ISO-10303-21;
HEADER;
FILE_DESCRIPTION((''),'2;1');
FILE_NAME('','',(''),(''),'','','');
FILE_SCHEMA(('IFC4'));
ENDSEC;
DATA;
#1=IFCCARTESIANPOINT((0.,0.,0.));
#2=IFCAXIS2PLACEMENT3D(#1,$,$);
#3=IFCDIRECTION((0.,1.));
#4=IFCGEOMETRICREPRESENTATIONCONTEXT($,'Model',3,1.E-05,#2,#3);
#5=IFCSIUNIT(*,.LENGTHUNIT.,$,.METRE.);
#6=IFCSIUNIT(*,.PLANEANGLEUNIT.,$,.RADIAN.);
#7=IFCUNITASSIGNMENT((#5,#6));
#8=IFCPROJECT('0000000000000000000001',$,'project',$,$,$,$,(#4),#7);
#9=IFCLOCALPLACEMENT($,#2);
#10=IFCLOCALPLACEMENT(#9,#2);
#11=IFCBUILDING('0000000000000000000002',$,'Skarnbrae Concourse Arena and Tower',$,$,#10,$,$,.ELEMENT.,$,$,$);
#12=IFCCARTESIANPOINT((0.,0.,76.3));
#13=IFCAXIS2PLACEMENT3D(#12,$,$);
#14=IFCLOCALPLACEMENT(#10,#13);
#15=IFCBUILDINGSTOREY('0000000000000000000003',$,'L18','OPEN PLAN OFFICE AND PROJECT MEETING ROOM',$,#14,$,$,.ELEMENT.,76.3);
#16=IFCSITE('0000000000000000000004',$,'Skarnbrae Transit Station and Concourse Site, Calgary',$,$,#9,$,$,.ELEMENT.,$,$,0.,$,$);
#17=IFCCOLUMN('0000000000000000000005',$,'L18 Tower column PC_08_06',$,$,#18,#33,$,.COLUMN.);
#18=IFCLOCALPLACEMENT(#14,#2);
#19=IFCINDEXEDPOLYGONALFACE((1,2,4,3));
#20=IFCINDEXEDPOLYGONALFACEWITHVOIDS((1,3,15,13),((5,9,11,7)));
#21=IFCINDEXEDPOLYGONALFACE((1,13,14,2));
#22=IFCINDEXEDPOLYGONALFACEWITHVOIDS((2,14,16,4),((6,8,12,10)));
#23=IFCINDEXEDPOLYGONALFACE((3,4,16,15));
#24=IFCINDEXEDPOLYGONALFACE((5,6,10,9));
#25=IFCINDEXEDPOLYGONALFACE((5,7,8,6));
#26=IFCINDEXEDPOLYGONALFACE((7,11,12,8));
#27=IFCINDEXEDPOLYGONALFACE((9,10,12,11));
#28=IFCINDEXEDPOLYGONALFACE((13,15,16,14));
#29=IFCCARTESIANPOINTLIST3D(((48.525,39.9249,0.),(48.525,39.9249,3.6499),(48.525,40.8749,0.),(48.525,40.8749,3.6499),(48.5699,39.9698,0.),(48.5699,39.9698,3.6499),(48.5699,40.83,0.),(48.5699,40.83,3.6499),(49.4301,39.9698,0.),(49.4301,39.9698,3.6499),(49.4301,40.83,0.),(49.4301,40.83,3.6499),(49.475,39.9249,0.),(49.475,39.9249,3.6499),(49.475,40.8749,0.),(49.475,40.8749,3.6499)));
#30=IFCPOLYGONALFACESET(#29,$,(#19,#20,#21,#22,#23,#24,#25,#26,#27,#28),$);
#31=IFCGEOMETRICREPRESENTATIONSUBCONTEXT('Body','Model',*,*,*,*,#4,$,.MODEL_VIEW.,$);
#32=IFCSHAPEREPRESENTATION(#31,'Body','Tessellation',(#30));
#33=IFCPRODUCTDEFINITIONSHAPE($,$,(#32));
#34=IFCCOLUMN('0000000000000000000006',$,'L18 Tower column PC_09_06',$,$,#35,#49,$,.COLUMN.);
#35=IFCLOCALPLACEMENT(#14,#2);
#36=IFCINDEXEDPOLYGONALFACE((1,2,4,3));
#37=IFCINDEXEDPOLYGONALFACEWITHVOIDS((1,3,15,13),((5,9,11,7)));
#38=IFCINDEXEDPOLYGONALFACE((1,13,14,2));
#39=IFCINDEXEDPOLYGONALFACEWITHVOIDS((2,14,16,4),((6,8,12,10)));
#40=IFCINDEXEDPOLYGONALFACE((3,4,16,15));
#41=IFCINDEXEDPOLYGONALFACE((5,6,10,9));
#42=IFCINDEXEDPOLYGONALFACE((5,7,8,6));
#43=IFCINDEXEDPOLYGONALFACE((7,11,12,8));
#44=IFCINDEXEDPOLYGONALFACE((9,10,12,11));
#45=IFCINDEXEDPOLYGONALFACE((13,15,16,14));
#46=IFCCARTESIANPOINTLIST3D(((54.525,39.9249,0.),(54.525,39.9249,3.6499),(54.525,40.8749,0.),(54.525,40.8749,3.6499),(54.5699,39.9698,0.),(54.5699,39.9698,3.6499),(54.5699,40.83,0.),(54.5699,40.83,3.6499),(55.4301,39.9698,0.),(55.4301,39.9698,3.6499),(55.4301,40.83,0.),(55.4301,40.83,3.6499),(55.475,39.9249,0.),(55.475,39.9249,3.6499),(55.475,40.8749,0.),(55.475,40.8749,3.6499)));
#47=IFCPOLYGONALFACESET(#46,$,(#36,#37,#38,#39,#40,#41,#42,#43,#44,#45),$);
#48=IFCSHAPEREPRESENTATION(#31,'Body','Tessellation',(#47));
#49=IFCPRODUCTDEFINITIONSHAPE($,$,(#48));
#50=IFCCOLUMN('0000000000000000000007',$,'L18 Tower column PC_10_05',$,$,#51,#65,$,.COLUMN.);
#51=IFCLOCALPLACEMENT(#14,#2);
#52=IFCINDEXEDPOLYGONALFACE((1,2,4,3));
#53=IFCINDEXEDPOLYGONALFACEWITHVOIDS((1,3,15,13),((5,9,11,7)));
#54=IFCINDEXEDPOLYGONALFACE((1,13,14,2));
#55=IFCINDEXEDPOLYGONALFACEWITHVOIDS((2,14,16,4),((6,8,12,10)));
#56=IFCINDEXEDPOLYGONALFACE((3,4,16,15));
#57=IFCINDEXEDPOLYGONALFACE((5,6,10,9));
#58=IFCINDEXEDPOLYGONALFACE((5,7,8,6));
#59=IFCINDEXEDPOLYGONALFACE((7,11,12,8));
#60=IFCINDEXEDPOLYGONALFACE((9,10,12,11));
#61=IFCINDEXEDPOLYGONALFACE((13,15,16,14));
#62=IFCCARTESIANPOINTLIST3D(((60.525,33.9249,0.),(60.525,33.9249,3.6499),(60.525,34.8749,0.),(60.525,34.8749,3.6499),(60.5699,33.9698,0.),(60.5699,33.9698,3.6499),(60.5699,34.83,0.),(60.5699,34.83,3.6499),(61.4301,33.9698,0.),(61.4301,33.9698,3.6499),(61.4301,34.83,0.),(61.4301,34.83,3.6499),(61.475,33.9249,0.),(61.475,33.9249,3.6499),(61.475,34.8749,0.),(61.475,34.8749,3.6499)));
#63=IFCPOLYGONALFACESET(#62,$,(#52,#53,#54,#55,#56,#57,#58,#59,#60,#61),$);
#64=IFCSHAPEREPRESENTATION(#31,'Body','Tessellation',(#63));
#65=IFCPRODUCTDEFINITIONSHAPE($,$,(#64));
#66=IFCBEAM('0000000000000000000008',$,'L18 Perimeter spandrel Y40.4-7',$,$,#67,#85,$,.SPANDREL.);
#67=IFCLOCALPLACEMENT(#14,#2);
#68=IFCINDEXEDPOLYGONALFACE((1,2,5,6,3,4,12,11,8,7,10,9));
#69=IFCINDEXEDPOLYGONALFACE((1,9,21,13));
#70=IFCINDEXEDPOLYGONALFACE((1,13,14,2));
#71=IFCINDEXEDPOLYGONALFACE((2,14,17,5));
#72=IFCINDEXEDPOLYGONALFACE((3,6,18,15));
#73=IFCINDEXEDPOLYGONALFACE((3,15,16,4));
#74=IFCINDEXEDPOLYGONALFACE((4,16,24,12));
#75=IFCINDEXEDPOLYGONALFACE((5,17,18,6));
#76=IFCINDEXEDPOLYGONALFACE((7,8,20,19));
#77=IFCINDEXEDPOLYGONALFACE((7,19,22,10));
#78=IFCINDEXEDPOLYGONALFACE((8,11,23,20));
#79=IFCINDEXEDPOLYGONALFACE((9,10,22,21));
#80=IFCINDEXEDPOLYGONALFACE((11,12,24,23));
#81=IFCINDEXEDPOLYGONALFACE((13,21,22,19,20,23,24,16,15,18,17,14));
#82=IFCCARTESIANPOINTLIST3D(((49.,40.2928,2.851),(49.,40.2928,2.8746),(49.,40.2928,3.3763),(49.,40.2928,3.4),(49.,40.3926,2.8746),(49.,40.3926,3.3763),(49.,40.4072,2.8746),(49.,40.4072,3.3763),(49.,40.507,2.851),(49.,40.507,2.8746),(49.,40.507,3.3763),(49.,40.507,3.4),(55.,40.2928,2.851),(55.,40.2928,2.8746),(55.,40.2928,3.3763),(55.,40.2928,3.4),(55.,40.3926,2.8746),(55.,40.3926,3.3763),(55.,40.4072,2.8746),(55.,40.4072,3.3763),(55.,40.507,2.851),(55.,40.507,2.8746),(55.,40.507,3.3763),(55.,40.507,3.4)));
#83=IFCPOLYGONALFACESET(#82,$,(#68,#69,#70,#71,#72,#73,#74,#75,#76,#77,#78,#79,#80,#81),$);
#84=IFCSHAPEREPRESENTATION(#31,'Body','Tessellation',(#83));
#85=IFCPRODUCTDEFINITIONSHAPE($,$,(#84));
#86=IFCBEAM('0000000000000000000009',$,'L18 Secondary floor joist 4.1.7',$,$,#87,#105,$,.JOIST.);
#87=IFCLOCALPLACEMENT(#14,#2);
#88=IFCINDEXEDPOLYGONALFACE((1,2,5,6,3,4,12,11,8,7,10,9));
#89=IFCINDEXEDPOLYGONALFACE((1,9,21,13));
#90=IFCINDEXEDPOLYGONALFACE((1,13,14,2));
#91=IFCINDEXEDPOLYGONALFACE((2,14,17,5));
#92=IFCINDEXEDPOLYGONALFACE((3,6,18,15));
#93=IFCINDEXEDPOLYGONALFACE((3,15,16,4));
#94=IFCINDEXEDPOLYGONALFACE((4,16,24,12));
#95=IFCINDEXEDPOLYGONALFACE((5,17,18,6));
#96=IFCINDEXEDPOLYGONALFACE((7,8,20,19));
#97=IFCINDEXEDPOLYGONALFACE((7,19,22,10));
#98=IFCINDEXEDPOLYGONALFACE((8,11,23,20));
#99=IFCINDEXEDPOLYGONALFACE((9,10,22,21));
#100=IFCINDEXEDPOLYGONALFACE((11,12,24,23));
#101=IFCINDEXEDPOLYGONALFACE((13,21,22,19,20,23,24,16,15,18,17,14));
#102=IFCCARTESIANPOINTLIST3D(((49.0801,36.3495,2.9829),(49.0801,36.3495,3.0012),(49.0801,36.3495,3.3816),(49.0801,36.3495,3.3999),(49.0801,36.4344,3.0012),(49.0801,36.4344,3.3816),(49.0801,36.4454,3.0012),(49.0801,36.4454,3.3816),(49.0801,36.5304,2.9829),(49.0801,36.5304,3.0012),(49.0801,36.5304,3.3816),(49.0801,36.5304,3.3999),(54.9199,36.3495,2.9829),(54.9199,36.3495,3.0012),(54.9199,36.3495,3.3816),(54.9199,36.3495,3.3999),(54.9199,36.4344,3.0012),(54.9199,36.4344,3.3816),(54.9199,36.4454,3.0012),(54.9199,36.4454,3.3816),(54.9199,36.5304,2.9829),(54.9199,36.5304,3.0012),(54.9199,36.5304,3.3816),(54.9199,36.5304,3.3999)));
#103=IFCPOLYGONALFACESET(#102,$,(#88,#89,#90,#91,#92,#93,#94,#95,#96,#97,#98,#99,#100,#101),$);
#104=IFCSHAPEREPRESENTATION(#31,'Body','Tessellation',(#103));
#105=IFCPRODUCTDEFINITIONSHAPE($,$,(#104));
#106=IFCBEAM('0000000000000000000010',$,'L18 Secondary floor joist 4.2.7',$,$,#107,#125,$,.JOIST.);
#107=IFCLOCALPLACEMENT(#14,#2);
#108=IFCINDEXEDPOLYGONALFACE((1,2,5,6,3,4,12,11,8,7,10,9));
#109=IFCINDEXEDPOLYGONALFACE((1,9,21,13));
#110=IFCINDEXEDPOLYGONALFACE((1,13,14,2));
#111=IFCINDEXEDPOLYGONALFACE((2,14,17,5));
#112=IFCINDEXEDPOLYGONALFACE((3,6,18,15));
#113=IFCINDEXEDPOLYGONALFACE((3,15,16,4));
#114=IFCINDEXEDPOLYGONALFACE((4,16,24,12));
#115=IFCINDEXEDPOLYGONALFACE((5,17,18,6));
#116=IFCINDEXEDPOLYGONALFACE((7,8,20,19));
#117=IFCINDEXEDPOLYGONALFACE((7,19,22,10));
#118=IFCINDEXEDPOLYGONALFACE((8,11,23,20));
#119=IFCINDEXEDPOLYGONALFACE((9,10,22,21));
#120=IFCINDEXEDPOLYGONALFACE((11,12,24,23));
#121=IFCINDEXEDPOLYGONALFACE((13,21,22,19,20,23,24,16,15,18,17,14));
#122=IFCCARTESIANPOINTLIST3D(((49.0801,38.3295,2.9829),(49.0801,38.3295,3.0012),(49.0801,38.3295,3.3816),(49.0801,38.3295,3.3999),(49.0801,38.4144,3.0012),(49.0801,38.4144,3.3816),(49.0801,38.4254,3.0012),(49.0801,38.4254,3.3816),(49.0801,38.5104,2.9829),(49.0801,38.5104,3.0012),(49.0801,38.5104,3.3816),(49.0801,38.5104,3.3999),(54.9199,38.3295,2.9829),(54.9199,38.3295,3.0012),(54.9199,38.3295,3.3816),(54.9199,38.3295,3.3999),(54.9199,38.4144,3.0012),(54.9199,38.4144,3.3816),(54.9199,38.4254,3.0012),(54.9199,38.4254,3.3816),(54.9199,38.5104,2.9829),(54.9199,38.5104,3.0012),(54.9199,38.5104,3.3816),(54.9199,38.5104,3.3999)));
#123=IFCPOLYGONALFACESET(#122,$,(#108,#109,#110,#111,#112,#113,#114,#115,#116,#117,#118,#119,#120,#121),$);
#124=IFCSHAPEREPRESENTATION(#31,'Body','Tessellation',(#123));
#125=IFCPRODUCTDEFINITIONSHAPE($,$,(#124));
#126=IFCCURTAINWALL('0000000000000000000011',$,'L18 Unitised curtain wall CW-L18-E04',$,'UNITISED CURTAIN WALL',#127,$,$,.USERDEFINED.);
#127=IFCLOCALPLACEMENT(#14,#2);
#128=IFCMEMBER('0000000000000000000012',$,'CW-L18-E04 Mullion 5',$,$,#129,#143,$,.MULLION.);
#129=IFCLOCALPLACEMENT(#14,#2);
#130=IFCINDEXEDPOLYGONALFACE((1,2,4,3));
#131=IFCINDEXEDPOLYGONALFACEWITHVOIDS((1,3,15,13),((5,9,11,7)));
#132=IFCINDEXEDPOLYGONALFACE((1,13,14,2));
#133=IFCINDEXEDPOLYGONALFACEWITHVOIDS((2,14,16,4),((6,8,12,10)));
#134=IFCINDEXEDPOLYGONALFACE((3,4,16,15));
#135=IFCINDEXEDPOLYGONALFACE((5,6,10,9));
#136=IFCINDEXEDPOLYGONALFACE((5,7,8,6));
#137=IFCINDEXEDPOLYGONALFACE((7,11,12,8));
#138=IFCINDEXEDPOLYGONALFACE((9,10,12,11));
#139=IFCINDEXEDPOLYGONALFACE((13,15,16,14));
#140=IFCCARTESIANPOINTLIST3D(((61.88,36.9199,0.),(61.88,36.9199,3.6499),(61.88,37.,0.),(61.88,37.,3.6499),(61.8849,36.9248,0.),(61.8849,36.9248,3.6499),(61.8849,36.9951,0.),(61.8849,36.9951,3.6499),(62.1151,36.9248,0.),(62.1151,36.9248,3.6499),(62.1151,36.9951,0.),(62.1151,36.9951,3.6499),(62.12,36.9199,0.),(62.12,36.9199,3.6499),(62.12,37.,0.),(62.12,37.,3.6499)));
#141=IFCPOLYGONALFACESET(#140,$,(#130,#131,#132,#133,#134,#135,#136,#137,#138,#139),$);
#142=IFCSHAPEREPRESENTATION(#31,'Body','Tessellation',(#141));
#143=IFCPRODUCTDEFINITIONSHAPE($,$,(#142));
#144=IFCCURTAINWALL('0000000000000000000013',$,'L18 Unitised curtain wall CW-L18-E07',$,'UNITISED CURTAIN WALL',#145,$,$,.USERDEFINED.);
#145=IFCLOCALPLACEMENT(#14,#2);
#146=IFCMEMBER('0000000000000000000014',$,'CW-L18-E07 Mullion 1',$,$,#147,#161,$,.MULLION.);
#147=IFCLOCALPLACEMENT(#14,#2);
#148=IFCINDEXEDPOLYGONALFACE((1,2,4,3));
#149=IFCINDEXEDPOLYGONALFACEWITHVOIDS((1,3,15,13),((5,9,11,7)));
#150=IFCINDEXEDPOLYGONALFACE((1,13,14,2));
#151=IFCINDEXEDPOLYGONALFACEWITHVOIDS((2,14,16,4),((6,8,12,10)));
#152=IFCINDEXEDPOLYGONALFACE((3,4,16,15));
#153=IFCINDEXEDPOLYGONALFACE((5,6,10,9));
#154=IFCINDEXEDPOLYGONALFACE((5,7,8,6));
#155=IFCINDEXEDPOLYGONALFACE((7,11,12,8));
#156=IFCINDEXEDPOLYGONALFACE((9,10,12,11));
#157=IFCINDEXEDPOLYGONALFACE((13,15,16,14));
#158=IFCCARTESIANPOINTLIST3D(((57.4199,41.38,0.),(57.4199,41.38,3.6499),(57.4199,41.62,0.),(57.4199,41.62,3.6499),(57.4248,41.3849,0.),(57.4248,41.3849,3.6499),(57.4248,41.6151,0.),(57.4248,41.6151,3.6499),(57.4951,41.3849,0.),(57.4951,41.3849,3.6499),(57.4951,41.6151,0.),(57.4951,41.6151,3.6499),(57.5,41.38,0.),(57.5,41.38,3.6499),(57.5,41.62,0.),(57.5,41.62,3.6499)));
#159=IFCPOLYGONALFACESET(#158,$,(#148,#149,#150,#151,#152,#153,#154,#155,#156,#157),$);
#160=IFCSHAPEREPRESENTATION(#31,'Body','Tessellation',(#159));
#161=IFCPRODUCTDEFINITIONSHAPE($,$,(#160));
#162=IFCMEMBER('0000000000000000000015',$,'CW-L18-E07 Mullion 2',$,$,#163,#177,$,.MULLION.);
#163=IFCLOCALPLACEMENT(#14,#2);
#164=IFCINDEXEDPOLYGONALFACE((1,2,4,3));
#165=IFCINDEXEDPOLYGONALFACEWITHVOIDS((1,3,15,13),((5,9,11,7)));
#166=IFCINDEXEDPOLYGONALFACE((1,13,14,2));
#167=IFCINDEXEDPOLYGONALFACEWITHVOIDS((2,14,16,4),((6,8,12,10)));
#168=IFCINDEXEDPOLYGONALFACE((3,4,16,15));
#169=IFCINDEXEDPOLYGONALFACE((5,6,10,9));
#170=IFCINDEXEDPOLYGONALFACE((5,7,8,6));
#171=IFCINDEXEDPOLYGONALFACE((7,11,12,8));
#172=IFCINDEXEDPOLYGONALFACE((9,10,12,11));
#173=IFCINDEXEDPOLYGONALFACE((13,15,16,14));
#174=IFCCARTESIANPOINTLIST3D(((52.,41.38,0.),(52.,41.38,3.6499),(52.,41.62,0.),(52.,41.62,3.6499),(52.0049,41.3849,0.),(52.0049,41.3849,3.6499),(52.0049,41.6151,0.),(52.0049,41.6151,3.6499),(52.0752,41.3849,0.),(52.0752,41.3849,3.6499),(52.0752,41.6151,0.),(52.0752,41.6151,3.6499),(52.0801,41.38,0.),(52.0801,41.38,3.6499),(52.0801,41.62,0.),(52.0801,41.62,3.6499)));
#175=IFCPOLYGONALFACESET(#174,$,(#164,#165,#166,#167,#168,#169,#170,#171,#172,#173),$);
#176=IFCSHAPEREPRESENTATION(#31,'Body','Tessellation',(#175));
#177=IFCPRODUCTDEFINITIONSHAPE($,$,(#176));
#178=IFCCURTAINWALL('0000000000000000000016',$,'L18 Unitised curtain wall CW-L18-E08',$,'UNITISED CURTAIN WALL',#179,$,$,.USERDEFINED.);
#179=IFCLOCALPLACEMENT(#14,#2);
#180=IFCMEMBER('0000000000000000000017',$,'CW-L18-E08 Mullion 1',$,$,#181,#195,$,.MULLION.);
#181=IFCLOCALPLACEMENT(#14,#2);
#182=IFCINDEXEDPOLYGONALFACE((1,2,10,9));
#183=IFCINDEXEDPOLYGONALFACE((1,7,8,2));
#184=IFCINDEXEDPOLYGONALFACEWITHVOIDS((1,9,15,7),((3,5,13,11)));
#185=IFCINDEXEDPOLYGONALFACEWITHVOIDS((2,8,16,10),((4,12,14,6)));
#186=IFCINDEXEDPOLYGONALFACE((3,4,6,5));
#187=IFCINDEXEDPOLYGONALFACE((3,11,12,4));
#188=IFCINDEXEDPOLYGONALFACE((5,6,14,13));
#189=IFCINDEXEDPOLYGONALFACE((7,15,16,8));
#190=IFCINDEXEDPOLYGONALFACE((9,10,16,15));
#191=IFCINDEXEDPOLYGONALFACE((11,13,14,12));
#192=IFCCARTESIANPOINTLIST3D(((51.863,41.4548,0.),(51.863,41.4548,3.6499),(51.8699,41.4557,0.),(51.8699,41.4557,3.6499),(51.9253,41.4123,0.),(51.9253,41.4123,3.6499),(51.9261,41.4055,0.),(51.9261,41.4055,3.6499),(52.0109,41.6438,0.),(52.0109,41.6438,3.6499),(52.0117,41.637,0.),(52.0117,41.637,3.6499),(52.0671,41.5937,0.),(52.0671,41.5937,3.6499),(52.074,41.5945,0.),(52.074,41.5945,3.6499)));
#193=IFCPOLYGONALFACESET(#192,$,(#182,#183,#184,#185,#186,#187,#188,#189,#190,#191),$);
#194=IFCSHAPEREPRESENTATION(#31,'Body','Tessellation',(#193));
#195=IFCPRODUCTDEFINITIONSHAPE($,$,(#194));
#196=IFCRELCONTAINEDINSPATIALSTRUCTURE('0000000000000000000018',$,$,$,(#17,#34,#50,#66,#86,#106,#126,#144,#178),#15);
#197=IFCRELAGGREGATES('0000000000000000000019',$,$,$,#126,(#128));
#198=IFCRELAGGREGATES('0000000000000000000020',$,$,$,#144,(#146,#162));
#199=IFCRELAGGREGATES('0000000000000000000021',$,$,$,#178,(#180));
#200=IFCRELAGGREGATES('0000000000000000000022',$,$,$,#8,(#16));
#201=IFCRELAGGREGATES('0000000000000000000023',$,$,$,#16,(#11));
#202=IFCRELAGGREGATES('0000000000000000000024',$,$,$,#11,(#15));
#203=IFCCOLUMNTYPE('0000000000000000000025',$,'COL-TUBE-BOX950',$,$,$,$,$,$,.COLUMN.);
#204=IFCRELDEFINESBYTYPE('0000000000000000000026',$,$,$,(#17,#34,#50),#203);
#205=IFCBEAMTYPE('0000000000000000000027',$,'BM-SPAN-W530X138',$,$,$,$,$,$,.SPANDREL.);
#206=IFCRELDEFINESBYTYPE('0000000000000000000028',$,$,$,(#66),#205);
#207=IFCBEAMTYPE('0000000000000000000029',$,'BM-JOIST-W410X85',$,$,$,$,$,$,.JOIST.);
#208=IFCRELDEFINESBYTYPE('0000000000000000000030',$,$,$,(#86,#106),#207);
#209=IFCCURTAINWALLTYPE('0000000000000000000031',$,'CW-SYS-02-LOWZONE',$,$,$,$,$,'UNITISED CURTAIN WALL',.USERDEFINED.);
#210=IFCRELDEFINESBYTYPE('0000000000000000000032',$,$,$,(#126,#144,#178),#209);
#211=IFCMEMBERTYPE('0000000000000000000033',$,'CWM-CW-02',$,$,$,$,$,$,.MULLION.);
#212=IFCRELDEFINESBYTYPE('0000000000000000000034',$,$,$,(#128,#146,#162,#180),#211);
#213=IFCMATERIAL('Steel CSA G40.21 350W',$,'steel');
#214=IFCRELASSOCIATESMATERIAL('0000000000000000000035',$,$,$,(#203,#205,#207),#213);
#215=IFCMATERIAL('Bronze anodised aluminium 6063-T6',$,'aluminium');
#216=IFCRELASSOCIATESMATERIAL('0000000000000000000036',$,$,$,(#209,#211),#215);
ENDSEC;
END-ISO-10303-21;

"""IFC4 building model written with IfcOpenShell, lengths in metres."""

from ifc_helpers import new_model, si_unit, direction, frame, origin, origin_2d, place, context, subcontext, project, spatial, hollow_rectangle, i_section, extrude, source, transform, mapped, material, material_profile, profile_set, type_object, element, aggregate, save


model = new_model("IFC4")

# Units and contexts
model_context = context("Model", 3, precision=1e-05, world=origin(), true_north=direction((0.0, 1.0)))
body_context = subcontext(model_context, "Body", "Model", "MODEL_VIEW")
ifc_project = project(units=[si_unit("LENGTHUNIT", "METRE"), si_unit("PLANEANGLEUNIT", "RADIAN")], contexts=[model_context])

# Site, building, storey
site_placement = place(None, origin())
site = spatial("IfcSite", under=ifc_project, at=site_placement, Name="Skarnbrae Transit Station and Concourse Site, Calgary", CompositionType="ELEMENT", RefElevation=0.0)
building_placement = place(site_placement, origin())
building = spatial("IfcBuilding", under=site, at=building_placement, Name="Skarnbrae Concourse Arena and Tower", CompositionType="ELEMENT")
storey_placement = place(building_placement, frame((0.0, 0.0, 76.3)))
storey = spatial("IfcBuildingStorey", under=building, at=storey_placement, Name="L18", Description="OPEN PLAN OFFICE AND PROJECT MEETING ROOM", CompositionType="ELEMENT", Elevation=76.3)

# Columns
ifc_material_1 = material(Name="Steel CSA G40.21 350W", Category="steel")
ifc_material_profile_1 = material_profile(ifc_material_1, hollow_rectangle(XDim=0.95, YDim=0.95, WallThickness=0.0449, at=origin_2d()), Name="BOX950X950X45")
ifc_profile_set_1 = profile_set([ifc_material_profile_1], Name="Steel CSA G40.21 350W")
column_type = type_object("IfcColumnType", Name="COL-TUBE-BOX950", PredefinedType="COLUMN", material=ifc_profile_set_1)
shared_shape_1 = source(origin(), body_context, "Body", "SweptSolid", [
    extrude(hollow_rectangle(XDim=0.95, YDim=0.95, WallThickness=0.0449, at=origin_2d()), origin(), (0.0, 0.0, 1.0), 3.6499),
])
for number, where, z_axis, x_axis, name in (
    (1, (49.0, 40.3999, 0.0), (0.0, 0.0, 1.0), (1.0, 0.0, 0.0), "L18 Tower column PC_08_06"),
    (2, (55.0, 40.3999, 0.0), (0.0, 0.0, 1.0), (1.0, 0.0, 0.0), "L18 Tower column PC_09_06"),
    (3, (61.0, 34.3999, 0.0), (0.0, 0.0, 1.0), (1.0, 0.0, 0.0), "L18 Tower column PC_10_05"),
):
    element("IfcColumn", number, at=place(storey_placement, frame(where, z_axis=z_axis, x_axis=x_axis)), inside=storey, type_object=column_type, Name=name, PredefinedType="COLUMN", context=body_context, shape_type="MappedRepresentation", body=[
        mapped(shared_shape_1, transform((0.0, 0.0, 0.0))),
    ])

# Beams
ifc_material_profile_2 = material_profile(ifc_material_1, i_section(OverallWidth=0.2141, OverallDepth=0.5491, WebThickness=0.0146, FlangeThickness=0.0237, at=origin_2d()), Name="W530X138")
ifc_profile_set_2 = profile_set([ifc_material_profile_2], Name="Steel CSA G40.21 350W")
beam_type_1 = type_object("IfcBeamType", Name="BM-SPAN-W530X138", PredefinedType="SPANDREL", material=ifc_profile_set_2)
shared_shape_2 = source(origin(), body_context, "Body", "SweptSolid", [
    extrude(i_section(OverallWidth=0.2141, OverallDepth=0.5491, WebThickness=0.0146, FlangeThickness=0.0237, at=origin_2d()), origin(), (0.0, 0.0, 1.0), 6.0),
])
beam_placement = place(storey_placement, frame((49.0, 40.3999, 3.1255), z_axis=(1.0, 0.0, 0.0), x_axis=(0.0, 1.0, 0.0)))
element("IfcBeam", 4, at=beam_placement, inside=storey, type_object=beam_type_1, Name="L18 Perimeter spandrel Y40.4-7", PredefinedType="SPANDREL", context=body_context, shape_type="MappedRepresentation", body=[
    mapped(shared_shape_2, transform((0.0, 0.0, 0.0))),
])
ifc_material_profile_3 = material_profile(ifc_material_1, i_section(OverallWidth=0.1809, OverallDepth=0.417, WebThickness=0.011, FlangeThickness=0.0183, at=origin_2d()), Name="W410X85")
ifc_profile_set_3 = profile_set([ifc_material_profile_3], Name="Steel CSA G40.21 350W")
beam_type_2 = type_object("IfcBeamType", Name="BM-JOIST-W410X85", PredefinedType="JOIST", material=ifc_profile_set_3)
shared_shape_3 = source(origin(), body_context, "Body", "SweptSolid", [
    extrude(i_section(OverallWidth=0.1809, OverallDepth=0.417, WebThickness=0.011, FlangeThickness=0.0183, at=origin_2d()), origin(), (0.0, 0.0, 1.0), 5.8398),
])
for number, where, z_axis, x_axis, name in (
    (5, (49.0801, 36.4399, 3.1914), (1.0, 0.0, 0.0), (0.0, 1.0, 0.0), "L18 Secondary floor joist 4.1.7"),
    (6, (49.0801, 38.4199, 3.1914), (1.0, 0.0, 0.0), (0.0, 1.0, 0.0), "L18 Secondary floor joist 4.2.7"),
):
    element("IfcBeam", number, at=place(storey_placement, frame(where, z_axis=z_axis, x_axis=x_axis)), inside=storey, type_object=beam_type_2, Name=name, PredefinedType="JOIST", context=body_context, shape_type="MappedRepresentation", body=[
        mapped(shared_shape_3, transform((0.0, 0.0, 0.0))),
    ])

# Curtain wall, member
ifc_material_2 = material(Name="Bronze anodised aluminium 6063-T6", Category="aluminium")
curtain_wall_type = type_object("IfcCurtainWallType", Name="CW-SYS-02-LOWZONE", ElementType="UNITISED CURTAIN WALL", PredefinedType="USERDEFINED", material=ifc_material_2)
curtain_wall_1_placement = place(storey_placement, origin())
curtain_wall_1 = element("IfcCurtainWall", 7, at=curtain_wall_1_placement, inside=storey, type_object=curtain_wall_type, Name="L18 Unitised curtain wall CW-L18-E04", ObjectType="UNITISED CURTAIN WALL", PredefinedType="USERDEFINED")
ifc_material_profile_4 = material_profile(ifc_material_2, hollow_rectangle(XDim=0.0801, YDim=0.24, WallThickness=0.0049, at=origin_2d()), Name="ALU-MULL-80X240")
ifc_profile_set_4 = profile_set([ifc_material_profile_4], Name="Bronze anodised aluminium 6063-T6")
member_type_1 = type_object("IfcMemberType", Name="CWM-CW-02", PredefinedType="MULLION", material=ifc_profile_set_4)
shared_shape_4 = source(origin(), body_context, "Body", "SweptSolid", [
    extrude(hollow_rectangle(XDim=0.0801, YDim=0.24, WallThickness=0.0049, at=origin_2d()), origin(), (0.0, 0.0, 1.0), 3.6499),
])
member_1_placement = place(storey_placement, frame((62.0, 36.96, 0.0), z_axis=(0.0, 0.0, 1.0), x_axis=(0.0, 1.0, 0.0)))
member_1 = element("IfcMember", 8, at=member_1_placement, type_object=member_type_1, Name="CW-L18-E04 Mullion 5", PredefinedType="MULLION", context=body_context, shape_type="MappedRepresentation", body=[
    mapped(shared_shape_4, transform((0.0, 0.0, 0.0))),
])
aggregate(curtain_wall_1, [member_1])

# Curtain walls, members
curtain_wall_2_placement = place(storey_placement, origin())
curtain_wall_2 = element("IfcCurtainWall", 9, at=curtain_wall_2_placement, inside=storey, type_object=curtain_wall_type, Name="L18 Unitised curtain wall CW-L18-E07", ObjectType="UNITISED CURTAIN WALL", PredefinedType="USERDEFINED")
member_2_placement = place(storey_placement, frame((57.46, 41.5, 0.0), z_axis=(0.0, 0.0, 1.0), x_axis=(-1.0, 0.0, 0.0)))
member_2 = element("IfcMember", 10, at=member_2_placement, type_object=member_type_1, Name="CW-L18-E07 Mullion 1", PredefinedType="MULLION", context=body_context, shape_type="MappedRepresentation", body=[
    mapped(shared_shape_4, transform((0.0, 0.0, 0.0))),
])
member_3_placement = place(storey_placement, frame((52.04, 41.5, 0.0), z_axis=(0.0, 0.0, 1.0), x_axis=(-1.0, 0.0, 0.0)))
member_3 = element("IfcMember", 11, at=member_3_placement, type_object=member_type_1, Name="CW-L18-E07 Mullion 2", PredefinedType="MULLION", context=body_context, shape_type="MappedRepresentation", body=[
    mapped(shared_shape_4, transform((0.0, 0.0, 0.0))),
])
curtain_wall_3_placement = place(storey_placement, origin())
curtain_wall_3 = element("IfcCurtainWall", 12, at=curtain_wall_3_placement, inside=storey, type_object=curtain_wall_type, Name="L18 Unitised curtain wall CW-L18-E08", ObjectType="UNITISED CURTAIN WALL", PredefinedType="USERDEFINED")
member_4_placement = place(storey_placement, frame((51.9685, 41.5247, 0.0), z_axis=(0.0, 0.0, 1.0), x_axis=(-0.787652, 0.616121, 0.0)))
member_4 = element("IfcMember", 13, at=member_4_placement, type_object=member_type_1, Name="CW-L18-E08 Mullion 1", PredefinedType="MULLION", context=body_context, shape_type="MappedRepresentation", body=[
    mapped(shared_shape_4, transform((0.0, 0.0, 0.0))),
])

aggregate(curtain_wall_2, [member_2, member_3])
aggregate(curtain_wall_3, [member_4])

save(model, "model.ifc")
